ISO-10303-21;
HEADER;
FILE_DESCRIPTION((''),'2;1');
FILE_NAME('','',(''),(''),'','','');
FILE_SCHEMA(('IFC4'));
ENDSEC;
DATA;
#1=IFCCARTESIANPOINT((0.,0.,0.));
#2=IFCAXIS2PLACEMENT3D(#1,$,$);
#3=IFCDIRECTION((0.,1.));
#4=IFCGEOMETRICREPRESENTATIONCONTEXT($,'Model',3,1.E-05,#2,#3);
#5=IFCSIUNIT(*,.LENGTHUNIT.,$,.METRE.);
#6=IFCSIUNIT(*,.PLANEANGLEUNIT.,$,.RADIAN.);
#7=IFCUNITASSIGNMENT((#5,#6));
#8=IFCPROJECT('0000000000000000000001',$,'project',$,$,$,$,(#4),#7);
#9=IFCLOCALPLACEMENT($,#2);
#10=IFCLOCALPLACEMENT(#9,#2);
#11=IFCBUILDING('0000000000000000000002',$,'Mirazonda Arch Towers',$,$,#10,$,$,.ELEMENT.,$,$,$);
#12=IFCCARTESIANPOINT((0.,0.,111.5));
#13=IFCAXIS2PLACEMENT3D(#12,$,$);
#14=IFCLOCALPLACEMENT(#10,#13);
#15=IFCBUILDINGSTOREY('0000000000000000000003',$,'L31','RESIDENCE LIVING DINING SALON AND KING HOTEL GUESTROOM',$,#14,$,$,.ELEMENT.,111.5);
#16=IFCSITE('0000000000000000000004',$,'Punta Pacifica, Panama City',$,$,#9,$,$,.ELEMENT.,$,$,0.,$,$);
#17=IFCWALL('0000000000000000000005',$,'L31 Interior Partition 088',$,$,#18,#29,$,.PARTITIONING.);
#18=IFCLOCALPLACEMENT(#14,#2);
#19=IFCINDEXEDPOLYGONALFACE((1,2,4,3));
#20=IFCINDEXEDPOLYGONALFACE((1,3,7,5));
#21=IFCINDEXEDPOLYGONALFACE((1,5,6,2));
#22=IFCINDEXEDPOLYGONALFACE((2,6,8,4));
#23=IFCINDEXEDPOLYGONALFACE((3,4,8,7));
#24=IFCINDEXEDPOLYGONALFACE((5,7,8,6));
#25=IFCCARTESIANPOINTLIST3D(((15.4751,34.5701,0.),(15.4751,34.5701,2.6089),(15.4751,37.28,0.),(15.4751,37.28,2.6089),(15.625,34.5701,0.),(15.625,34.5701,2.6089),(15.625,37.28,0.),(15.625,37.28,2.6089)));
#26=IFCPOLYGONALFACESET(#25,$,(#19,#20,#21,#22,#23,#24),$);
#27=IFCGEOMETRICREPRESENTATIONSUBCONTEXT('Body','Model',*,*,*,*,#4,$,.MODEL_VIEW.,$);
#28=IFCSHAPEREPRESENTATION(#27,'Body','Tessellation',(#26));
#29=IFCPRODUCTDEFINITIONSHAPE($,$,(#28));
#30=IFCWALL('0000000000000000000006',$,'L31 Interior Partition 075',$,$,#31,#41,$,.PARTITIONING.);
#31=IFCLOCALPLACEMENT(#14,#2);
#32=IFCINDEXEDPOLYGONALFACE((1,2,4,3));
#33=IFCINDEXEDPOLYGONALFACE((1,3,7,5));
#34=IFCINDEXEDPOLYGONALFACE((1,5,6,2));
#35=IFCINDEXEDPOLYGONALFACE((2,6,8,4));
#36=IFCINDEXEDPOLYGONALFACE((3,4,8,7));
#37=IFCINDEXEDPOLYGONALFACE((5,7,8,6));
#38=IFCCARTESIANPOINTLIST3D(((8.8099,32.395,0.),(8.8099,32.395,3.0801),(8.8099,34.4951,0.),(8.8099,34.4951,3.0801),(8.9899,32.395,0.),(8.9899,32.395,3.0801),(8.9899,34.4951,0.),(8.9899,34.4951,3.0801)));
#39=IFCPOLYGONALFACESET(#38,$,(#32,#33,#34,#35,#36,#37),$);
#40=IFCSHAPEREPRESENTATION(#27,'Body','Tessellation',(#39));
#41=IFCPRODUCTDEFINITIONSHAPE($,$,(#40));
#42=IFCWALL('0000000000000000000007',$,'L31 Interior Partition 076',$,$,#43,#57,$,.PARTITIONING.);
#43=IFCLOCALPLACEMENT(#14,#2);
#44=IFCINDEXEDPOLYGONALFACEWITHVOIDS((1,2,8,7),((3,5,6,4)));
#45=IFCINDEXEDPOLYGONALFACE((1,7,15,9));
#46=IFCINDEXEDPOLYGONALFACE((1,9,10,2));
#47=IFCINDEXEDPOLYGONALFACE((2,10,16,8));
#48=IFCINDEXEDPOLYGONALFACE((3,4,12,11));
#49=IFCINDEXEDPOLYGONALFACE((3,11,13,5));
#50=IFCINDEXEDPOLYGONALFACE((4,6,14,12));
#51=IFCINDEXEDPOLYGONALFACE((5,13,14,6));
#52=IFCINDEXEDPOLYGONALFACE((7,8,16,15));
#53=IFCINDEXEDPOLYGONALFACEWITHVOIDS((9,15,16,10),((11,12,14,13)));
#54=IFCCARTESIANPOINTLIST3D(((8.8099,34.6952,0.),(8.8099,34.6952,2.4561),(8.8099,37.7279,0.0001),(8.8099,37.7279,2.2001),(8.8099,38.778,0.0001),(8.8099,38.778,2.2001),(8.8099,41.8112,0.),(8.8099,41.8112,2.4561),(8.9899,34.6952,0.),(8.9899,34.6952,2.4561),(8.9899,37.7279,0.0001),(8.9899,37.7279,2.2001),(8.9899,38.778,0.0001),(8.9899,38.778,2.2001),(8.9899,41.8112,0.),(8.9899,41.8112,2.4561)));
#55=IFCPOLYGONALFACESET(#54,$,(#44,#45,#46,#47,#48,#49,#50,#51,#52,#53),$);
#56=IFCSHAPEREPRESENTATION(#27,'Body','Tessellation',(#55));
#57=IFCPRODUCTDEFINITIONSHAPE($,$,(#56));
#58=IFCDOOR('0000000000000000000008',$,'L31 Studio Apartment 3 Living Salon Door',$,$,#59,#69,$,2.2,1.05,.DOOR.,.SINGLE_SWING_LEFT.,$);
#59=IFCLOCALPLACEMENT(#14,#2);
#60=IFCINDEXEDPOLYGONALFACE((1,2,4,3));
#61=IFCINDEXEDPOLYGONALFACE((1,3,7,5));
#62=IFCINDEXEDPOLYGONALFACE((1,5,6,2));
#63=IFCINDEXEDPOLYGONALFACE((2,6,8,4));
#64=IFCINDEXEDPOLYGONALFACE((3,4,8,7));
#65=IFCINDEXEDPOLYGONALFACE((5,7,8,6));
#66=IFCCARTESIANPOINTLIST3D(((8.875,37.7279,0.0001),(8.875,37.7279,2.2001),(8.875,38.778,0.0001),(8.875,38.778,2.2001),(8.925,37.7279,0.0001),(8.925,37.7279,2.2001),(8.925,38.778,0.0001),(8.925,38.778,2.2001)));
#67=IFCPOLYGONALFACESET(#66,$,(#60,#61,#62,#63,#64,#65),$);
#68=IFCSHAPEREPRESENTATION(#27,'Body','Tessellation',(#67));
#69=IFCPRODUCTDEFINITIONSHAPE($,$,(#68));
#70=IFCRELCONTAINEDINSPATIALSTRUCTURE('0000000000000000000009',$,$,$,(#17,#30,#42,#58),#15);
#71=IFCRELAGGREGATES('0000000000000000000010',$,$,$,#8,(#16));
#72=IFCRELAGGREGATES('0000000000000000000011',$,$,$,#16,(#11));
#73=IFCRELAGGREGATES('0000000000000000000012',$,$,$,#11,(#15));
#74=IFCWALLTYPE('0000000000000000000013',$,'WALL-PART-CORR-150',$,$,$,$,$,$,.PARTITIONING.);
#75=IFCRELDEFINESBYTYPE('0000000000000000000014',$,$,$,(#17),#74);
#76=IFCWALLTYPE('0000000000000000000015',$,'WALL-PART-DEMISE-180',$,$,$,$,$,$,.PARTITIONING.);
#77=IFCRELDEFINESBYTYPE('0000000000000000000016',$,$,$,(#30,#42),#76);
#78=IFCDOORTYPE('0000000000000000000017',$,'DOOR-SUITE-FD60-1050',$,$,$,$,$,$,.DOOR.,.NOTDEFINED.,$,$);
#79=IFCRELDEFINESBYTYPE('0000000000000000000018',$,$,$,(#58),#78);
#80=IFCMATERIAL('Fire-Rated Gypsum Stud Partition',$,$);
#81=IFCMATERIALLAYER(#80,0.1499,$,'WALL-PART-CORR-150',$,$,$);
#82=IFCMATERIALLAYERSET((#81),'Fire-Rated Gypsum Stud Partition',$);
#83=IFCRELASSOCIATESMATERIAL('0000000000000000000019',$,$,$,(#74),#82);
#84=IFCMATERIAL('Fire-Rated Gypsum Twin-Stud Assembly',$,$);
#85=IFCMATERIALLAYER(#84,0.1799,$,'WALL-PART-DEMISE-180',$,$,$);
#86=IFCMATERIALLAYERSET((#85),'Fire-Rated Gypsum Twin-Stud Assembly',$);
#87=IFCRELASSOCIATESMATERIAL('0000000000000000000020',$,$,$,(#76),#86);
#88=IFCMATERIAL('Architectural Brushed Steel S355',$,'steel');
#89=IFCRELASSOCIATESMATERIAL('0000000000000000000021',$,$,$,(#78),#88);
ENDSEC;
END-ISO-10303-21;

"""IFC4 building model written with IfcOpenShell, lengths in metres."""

from ifc_helpers import new_model, si_unit, direction, frame, frame_2d, origin, place, context, subcontext, project, spatial, rectangle, extrude, material, layer, layer_set, type_object, element, fill, save


model = new_model("IFC4")

# Units and contexts
model_context = context("Model", 3, precision=1e-05, world=origin(), true_north=direction((0.0, 1.0)))
body_context = subcontext(model_context, "Body", "Model", "MODEL_VIEW")
ifc_project = project(units=[si_unit("LENGTHUNIT", "METRE"), si_unit("PLANEANGLEUNIT", "RADIAN")], contexts=[model_context])

# Site, building, storey
site_placement = place(None, origin())
site = spatial("IfcSite", under=ifc_project, at=site_placement, Name="Punta Pacifica, Panama City", CompositionType="ELEMENT", RefElevation=0.0)
building_placement = place(site_placement, origin())
building = spatial("IfcBuilding", under=site, at=building_placement, Name="Mirazonda Arch Towers", CompositionType="ELEMENT")
storey_placement = place(building_placement, frame((0.0, 0.0, 111.5)))
storey = spatial("IfcBuildingStorey", under=building, at=storey_placement, Name="L31", Description="RESIDENCE LIVING DINING SALON AND KING HOTEL GUESTROOM", CompositionType="ELEMENT", Elevation=111.5)

# Shared definitions
ifc_material_1 = material(Name="Architectural Brushed Steel S355", Category="steel")

# Shared definitions
ifc_material_2 = material(Name="Fire-Rated Gypsum Stud Partition")
ifc_layer_1 = layer(ifc_material_2, 0.1499, Name="WALL-PART-CORR-150")
ifc_layer_set_1 = layer_set([ifc_layer_1], Name="Fire-Rated Gypsum Stud Partition")
wall_type_1 = type_object("IfcWallType", Name="WALL-PART-CORR-150", PredefinedType="PARTITIONING", material=ifc_layer_set_1)

# Walls
wall_1_placement = place(storey_placement, frame((15.55, 34.5701, 0.0), z_axis=(0.0, 0.0, 1.0), x_axis=(0.0, 1.0, 0.0)))
element("IfcWall", 1, at=wall_1_placement, inside=storey, type_object=wall_type_1, Name="L31 Interior Partition 088", PredefinedType="PARTITIONING", context=body_context, shape_type="SweptSolid", body=[
    extrude(rectangle(XDim=2.71, YDim=0.1499, at=frame_2d((1.355, 0.0))), origin(), (0.0, 0.0, 1.0), 2.6089),
])
ifc_material_3 = material(Name="Fire-Rated Gypsum Twin-Stud Assembly")
ifc_layer_2 = layer(ifc_material_3, 0.1799, Name="WALL-PART-DEMISE-180")
ifc_layer_set_2 = layer_set([ifc_layer_2], Name="Fire-Rated Gypsum Twin-Stud Assembly")
wall_type_2 = type_object("IfcWallType", Name="WALL-PART-DEMISE-180", PredefinedType="PARTITIONING", material=ifc_layer_set_2)
wall_2_placement = place(storey_placement, frame((8.8999, 32.395, 0.0), z_axis=(0.0, 0.0, 1.0), x_axis=(0.0, 1.0, 0.0)))
element("IfcWall", 2, at=wall_2_placement, inside=storey, type_object=wall_type_2, Name="L31 Interior Partition 075", PredefinedType="PARTITIONING", context=body_context, shape_type="SweptSolid", body=[
    extrude(rectangle(XDim=2.1001, YDim=0.1799, at=frame_2d((1.05, 0.0))), origin(), (0.0, 0.0, 1.0), 3.0801),
])

# Wall, opening, door
wall_3_placement = place(storey_placement, frame((8.8999, 34.6951, 0.0), z_axis=(0.0, 0.0, 1.0), x_axis=(0.0, 1.0, 0.0)))
wall_3 = element("IfcWall", 3, at=wall_3_placement, inside=storey, type_object=wall_type_2, Name="L31 Interior Partition 076", PredefinedType="PARTITIONING", context=body_context, shape_type="SweptSolid", body=[
    extrude(rectangle(XDim=7.116, YDim=0.1799, at=frame_2d((3.5581, 0.0))), origin(), (0.0, 0.0, 1.0), 2.4561),
])
opening_1_placement = place(wall_3_placement, frame((3.033, 0.0, 0.0)))
opening_1 = element("IfcOpeningElement", 4, at=opening_1_placement, cuts=wall_3, PredefinedType="OPENING", context=body_context, shape_type="SweptSolid", body=[
    extrude(rectangle(XDim=1.05, YDim=2.2, at=frame_2d((0.5249, 1.1001))), frame((0.0, 0.0999, 0.0), z_axis=(0.0, -1.0, 0.0), x_axis=(1.0, 0.0, 0.0)), (0.0, 0.0, 1.0), 0.2),
])
door_type_1 = type_object("IfcDoorType", Name="DOOR-SUITE-FD60-1050", OperationType="NOTDEFINED", PredefinedType="DOOR", material=ifc_material_1)
door_1_placement = place(opening_1_placement, origin())
door_1 = element("IfcDoor", 5, at=door_1_placement, inside=storey, type_object=door_type_1, Name="L31 Studio Apartment 3 Living Salon Door", OperationType="SINGLE_SWING_LEFT", OverallHeight=2.2, OverallWidth=1.05, PredefinedType="DOOR", context=body_context, shape_type="SweptSolid", body=[
    extrude(rectangle(XDim=1.05, YDim=2.2, at=frame_2d((0.5249, 1.1001))), frame((0.0, 0.0249, 0.0), z_axis=(0.0, -1.0, 0.0), x_axis=(1.0, 0.0, 0.0)), (0.0, 0.0, 1.0), 0.05),
])
fill(opening_1, door_1)

save(model, "model.ifc")
